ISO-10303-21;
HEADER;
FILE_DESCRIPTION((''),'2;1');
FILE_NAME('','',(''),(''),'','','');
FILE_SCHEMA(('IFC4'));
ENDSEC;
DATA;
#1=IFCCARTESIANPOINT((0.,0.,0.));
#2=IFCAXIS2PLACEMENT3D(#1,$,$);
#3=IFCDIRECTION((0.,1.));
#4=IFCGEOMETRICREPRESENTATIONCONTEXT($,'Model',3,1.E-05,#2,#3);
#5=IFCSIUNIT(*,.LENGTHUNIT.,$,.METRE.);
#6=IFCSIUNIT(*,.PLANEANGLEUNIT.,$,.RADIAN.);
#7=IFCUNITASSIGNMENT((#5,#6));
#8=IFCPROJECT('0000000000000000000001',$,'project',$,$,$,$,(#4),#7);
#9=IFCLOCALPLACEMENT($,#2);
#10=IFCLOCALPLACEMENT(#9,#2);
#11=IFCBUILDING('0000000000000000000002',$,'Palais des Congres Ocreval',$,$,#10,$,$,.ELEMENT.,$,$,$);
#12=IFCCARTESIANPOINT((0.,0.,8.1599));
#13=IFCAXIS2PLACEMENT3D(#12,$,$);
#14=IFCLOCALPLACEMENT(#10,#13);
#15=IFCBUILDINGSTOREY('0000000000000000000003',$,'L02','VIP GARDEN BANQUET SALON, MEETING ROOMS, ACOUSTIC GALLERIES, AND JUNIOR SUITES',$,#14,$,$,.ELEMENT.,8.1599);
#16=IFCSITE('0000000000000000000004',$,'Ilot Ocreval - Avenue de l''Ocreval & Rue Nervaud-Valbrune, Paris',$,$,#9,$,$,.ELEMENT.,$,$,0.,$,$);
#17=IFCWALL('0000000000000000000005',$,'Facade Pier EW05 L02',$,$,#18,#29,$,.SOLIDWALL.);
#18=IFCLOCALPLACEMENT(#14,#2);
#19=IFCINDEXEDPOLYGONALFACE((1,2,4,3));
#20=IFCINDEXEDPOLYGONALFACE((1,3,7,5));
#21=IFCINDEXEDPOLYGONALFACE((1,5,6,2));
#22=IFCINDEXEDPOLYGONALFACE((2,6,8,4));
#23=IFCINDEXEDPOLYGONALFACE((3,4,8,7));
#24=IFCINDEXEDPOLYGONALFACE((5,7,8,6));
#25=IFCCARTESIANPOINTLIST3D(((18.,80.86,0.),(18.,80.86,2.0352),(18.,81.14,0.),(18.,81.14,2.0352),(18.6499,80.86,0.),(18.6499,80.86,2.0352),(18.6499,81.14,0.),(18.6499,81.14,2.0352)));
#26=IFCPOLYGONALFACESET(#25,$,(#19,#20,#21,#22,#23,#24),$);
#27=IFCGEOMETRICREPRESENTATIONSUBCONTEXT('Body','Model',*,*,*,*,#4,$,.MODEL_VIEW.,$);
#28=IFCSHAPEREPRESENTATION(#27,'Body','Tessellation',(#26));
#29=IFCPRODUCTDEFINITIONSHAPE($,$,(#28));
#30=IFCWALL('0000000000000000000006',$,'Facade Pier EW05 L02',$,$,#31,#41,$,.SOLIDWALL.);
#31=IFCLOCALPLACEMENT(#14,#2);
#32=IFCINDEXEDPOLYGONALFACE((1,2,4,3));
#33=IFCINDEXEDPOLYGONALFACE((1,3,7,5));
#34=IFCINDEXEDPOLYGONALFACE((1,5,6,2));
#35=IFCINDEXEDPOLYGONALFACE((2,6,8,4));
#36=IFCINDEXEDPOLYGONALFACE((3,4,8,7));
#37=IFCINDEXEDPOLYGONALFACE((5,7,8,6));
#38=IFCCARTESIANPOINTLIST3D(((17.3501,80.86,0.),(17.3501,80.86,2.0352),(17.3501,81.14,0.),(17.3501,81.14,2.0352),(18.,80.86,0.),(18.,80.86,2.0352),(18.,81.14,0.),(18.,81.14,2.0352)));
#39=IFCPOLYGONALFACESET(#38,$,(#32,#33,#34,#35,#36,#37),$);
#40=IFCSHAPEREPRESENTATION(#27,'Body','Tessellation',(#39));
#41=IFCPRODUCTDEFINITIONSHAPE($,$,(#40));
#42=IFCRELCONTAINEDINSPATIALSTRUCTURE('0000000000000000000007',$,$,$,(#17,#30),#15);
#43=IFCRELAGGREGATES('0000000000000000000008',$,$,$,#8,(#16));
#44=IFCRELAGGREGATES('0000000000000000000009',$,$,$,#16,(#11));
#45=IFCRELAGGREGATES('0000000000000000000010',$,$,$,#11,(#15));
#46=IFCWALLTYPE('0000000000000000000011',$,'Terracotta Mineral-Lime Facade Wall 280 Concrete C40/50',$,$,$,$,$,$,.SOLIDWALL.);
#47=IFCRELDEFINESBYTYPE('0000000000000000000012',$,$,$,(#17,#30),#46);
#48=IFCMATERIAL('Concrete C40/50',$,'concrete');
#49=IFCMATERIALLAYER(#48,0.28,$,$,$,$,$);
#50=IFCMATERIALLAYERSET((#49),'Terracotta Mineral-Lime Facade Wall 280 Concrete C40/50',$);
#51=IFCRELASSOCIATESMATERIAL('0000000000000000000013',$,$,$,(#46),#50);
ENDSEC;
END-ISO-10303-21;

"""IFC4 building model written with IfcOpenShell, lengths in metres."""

from ifc_helpers import new_model, si_unit, direction, frame, frame_2d, origin, place, context, subcontext, project, spatial, rectangle, extrude, material, layer, layer_set, type_object, element, save


model = new_model("IFC4")

# Units and contexts
model_context = context("Model", 3, precision=1e-05, world=origin(), true_north=direction((0.0, 1.0)))
body_context = subcontext(model_context, "Body", "Model", "MODEL_VIEW")
ifc_project = project(units=[si_unit("LENGTHUNIT", "METRE"), si_unit("PLANEANGLEUNIT", "RADIAN")], contexts=[model_context])

# Site, building, storey
site_placement = place(None, origin())
site = spatial("IfcSite", under=ifc_project, at=site_placement, Name="Ilot Ocreval - Avenue de l'Ocreval & Rue Nervaud-Valbrune, Paris", CompositionType="ELEMENT", RefElevation=0.0)
building_placement = place(site_placement, origin())
building = spatial("IfcBuilding", under=site, at=building_placement, Name="Palais des Congres Ocreval", CompositionType="ELEMENT")
storey_placement = place(building_placement, frame((0.0, 0.0, 8.1599)))
storey = spatial("IfcBuildingStorey", under=building, at=storey_placement, Name="L02", Description="VIP GARDEN BANQUET SALON, MEETING ROOMS, ACOUSTIC GALLERIES, AND JUNIOR SUITES", CompositionType="ELEMENT", Elevation=8.1599)

# Walls
ifc_material_1 = material(Name="Concrete C40/50", Category="concrete")
ifc_layer_1 = layer(ifc_material_1, 0.28)
ifc_layer_set_1 = layer_set([ifc_layer_1], Name="Terracotta Mineral-Lime Facade Wall 280 Concrete C40/50")
wall_type_1 = type_object("IfcWallType", Name="Terracotta Mineral-Lime Facade Wall 280 Concrete C40/50", PredefinedType="SOLIDWALL", material=ifc_layer_set_1)
for number, where, z_axis, x_axis, name in (
    (1, (18.6499, 81.0, 0.0), (0.0, 0.0, 1.0), (-1.0, 0.0, 0.0), "Facade Pier EW05 L02"),
    (2, (18.0, 81.0, 0.0), (0.0, 0.0, 1.0), (-1.0, 0.0, 0.0), "Facade Pier EW05 L02"),
):
    element("IfcWall", number, at=place(storey_placement, frame(where, z_axis=z_axis, x_axis=x_axis)), inside=storey, type_object=wall_type_1, Name=name, PredefinedType="SOLIDWALL", context=body_context, shape_type="SweptSolid", body=[
        extrude(rectangle(XDim=0.6499, YDim=0.28, at=frame_2d((0.325, 0.0))), origin(), (0.0, 0.0, 1.0), 2.0352),
    ])

save(model, "model.ifc")
